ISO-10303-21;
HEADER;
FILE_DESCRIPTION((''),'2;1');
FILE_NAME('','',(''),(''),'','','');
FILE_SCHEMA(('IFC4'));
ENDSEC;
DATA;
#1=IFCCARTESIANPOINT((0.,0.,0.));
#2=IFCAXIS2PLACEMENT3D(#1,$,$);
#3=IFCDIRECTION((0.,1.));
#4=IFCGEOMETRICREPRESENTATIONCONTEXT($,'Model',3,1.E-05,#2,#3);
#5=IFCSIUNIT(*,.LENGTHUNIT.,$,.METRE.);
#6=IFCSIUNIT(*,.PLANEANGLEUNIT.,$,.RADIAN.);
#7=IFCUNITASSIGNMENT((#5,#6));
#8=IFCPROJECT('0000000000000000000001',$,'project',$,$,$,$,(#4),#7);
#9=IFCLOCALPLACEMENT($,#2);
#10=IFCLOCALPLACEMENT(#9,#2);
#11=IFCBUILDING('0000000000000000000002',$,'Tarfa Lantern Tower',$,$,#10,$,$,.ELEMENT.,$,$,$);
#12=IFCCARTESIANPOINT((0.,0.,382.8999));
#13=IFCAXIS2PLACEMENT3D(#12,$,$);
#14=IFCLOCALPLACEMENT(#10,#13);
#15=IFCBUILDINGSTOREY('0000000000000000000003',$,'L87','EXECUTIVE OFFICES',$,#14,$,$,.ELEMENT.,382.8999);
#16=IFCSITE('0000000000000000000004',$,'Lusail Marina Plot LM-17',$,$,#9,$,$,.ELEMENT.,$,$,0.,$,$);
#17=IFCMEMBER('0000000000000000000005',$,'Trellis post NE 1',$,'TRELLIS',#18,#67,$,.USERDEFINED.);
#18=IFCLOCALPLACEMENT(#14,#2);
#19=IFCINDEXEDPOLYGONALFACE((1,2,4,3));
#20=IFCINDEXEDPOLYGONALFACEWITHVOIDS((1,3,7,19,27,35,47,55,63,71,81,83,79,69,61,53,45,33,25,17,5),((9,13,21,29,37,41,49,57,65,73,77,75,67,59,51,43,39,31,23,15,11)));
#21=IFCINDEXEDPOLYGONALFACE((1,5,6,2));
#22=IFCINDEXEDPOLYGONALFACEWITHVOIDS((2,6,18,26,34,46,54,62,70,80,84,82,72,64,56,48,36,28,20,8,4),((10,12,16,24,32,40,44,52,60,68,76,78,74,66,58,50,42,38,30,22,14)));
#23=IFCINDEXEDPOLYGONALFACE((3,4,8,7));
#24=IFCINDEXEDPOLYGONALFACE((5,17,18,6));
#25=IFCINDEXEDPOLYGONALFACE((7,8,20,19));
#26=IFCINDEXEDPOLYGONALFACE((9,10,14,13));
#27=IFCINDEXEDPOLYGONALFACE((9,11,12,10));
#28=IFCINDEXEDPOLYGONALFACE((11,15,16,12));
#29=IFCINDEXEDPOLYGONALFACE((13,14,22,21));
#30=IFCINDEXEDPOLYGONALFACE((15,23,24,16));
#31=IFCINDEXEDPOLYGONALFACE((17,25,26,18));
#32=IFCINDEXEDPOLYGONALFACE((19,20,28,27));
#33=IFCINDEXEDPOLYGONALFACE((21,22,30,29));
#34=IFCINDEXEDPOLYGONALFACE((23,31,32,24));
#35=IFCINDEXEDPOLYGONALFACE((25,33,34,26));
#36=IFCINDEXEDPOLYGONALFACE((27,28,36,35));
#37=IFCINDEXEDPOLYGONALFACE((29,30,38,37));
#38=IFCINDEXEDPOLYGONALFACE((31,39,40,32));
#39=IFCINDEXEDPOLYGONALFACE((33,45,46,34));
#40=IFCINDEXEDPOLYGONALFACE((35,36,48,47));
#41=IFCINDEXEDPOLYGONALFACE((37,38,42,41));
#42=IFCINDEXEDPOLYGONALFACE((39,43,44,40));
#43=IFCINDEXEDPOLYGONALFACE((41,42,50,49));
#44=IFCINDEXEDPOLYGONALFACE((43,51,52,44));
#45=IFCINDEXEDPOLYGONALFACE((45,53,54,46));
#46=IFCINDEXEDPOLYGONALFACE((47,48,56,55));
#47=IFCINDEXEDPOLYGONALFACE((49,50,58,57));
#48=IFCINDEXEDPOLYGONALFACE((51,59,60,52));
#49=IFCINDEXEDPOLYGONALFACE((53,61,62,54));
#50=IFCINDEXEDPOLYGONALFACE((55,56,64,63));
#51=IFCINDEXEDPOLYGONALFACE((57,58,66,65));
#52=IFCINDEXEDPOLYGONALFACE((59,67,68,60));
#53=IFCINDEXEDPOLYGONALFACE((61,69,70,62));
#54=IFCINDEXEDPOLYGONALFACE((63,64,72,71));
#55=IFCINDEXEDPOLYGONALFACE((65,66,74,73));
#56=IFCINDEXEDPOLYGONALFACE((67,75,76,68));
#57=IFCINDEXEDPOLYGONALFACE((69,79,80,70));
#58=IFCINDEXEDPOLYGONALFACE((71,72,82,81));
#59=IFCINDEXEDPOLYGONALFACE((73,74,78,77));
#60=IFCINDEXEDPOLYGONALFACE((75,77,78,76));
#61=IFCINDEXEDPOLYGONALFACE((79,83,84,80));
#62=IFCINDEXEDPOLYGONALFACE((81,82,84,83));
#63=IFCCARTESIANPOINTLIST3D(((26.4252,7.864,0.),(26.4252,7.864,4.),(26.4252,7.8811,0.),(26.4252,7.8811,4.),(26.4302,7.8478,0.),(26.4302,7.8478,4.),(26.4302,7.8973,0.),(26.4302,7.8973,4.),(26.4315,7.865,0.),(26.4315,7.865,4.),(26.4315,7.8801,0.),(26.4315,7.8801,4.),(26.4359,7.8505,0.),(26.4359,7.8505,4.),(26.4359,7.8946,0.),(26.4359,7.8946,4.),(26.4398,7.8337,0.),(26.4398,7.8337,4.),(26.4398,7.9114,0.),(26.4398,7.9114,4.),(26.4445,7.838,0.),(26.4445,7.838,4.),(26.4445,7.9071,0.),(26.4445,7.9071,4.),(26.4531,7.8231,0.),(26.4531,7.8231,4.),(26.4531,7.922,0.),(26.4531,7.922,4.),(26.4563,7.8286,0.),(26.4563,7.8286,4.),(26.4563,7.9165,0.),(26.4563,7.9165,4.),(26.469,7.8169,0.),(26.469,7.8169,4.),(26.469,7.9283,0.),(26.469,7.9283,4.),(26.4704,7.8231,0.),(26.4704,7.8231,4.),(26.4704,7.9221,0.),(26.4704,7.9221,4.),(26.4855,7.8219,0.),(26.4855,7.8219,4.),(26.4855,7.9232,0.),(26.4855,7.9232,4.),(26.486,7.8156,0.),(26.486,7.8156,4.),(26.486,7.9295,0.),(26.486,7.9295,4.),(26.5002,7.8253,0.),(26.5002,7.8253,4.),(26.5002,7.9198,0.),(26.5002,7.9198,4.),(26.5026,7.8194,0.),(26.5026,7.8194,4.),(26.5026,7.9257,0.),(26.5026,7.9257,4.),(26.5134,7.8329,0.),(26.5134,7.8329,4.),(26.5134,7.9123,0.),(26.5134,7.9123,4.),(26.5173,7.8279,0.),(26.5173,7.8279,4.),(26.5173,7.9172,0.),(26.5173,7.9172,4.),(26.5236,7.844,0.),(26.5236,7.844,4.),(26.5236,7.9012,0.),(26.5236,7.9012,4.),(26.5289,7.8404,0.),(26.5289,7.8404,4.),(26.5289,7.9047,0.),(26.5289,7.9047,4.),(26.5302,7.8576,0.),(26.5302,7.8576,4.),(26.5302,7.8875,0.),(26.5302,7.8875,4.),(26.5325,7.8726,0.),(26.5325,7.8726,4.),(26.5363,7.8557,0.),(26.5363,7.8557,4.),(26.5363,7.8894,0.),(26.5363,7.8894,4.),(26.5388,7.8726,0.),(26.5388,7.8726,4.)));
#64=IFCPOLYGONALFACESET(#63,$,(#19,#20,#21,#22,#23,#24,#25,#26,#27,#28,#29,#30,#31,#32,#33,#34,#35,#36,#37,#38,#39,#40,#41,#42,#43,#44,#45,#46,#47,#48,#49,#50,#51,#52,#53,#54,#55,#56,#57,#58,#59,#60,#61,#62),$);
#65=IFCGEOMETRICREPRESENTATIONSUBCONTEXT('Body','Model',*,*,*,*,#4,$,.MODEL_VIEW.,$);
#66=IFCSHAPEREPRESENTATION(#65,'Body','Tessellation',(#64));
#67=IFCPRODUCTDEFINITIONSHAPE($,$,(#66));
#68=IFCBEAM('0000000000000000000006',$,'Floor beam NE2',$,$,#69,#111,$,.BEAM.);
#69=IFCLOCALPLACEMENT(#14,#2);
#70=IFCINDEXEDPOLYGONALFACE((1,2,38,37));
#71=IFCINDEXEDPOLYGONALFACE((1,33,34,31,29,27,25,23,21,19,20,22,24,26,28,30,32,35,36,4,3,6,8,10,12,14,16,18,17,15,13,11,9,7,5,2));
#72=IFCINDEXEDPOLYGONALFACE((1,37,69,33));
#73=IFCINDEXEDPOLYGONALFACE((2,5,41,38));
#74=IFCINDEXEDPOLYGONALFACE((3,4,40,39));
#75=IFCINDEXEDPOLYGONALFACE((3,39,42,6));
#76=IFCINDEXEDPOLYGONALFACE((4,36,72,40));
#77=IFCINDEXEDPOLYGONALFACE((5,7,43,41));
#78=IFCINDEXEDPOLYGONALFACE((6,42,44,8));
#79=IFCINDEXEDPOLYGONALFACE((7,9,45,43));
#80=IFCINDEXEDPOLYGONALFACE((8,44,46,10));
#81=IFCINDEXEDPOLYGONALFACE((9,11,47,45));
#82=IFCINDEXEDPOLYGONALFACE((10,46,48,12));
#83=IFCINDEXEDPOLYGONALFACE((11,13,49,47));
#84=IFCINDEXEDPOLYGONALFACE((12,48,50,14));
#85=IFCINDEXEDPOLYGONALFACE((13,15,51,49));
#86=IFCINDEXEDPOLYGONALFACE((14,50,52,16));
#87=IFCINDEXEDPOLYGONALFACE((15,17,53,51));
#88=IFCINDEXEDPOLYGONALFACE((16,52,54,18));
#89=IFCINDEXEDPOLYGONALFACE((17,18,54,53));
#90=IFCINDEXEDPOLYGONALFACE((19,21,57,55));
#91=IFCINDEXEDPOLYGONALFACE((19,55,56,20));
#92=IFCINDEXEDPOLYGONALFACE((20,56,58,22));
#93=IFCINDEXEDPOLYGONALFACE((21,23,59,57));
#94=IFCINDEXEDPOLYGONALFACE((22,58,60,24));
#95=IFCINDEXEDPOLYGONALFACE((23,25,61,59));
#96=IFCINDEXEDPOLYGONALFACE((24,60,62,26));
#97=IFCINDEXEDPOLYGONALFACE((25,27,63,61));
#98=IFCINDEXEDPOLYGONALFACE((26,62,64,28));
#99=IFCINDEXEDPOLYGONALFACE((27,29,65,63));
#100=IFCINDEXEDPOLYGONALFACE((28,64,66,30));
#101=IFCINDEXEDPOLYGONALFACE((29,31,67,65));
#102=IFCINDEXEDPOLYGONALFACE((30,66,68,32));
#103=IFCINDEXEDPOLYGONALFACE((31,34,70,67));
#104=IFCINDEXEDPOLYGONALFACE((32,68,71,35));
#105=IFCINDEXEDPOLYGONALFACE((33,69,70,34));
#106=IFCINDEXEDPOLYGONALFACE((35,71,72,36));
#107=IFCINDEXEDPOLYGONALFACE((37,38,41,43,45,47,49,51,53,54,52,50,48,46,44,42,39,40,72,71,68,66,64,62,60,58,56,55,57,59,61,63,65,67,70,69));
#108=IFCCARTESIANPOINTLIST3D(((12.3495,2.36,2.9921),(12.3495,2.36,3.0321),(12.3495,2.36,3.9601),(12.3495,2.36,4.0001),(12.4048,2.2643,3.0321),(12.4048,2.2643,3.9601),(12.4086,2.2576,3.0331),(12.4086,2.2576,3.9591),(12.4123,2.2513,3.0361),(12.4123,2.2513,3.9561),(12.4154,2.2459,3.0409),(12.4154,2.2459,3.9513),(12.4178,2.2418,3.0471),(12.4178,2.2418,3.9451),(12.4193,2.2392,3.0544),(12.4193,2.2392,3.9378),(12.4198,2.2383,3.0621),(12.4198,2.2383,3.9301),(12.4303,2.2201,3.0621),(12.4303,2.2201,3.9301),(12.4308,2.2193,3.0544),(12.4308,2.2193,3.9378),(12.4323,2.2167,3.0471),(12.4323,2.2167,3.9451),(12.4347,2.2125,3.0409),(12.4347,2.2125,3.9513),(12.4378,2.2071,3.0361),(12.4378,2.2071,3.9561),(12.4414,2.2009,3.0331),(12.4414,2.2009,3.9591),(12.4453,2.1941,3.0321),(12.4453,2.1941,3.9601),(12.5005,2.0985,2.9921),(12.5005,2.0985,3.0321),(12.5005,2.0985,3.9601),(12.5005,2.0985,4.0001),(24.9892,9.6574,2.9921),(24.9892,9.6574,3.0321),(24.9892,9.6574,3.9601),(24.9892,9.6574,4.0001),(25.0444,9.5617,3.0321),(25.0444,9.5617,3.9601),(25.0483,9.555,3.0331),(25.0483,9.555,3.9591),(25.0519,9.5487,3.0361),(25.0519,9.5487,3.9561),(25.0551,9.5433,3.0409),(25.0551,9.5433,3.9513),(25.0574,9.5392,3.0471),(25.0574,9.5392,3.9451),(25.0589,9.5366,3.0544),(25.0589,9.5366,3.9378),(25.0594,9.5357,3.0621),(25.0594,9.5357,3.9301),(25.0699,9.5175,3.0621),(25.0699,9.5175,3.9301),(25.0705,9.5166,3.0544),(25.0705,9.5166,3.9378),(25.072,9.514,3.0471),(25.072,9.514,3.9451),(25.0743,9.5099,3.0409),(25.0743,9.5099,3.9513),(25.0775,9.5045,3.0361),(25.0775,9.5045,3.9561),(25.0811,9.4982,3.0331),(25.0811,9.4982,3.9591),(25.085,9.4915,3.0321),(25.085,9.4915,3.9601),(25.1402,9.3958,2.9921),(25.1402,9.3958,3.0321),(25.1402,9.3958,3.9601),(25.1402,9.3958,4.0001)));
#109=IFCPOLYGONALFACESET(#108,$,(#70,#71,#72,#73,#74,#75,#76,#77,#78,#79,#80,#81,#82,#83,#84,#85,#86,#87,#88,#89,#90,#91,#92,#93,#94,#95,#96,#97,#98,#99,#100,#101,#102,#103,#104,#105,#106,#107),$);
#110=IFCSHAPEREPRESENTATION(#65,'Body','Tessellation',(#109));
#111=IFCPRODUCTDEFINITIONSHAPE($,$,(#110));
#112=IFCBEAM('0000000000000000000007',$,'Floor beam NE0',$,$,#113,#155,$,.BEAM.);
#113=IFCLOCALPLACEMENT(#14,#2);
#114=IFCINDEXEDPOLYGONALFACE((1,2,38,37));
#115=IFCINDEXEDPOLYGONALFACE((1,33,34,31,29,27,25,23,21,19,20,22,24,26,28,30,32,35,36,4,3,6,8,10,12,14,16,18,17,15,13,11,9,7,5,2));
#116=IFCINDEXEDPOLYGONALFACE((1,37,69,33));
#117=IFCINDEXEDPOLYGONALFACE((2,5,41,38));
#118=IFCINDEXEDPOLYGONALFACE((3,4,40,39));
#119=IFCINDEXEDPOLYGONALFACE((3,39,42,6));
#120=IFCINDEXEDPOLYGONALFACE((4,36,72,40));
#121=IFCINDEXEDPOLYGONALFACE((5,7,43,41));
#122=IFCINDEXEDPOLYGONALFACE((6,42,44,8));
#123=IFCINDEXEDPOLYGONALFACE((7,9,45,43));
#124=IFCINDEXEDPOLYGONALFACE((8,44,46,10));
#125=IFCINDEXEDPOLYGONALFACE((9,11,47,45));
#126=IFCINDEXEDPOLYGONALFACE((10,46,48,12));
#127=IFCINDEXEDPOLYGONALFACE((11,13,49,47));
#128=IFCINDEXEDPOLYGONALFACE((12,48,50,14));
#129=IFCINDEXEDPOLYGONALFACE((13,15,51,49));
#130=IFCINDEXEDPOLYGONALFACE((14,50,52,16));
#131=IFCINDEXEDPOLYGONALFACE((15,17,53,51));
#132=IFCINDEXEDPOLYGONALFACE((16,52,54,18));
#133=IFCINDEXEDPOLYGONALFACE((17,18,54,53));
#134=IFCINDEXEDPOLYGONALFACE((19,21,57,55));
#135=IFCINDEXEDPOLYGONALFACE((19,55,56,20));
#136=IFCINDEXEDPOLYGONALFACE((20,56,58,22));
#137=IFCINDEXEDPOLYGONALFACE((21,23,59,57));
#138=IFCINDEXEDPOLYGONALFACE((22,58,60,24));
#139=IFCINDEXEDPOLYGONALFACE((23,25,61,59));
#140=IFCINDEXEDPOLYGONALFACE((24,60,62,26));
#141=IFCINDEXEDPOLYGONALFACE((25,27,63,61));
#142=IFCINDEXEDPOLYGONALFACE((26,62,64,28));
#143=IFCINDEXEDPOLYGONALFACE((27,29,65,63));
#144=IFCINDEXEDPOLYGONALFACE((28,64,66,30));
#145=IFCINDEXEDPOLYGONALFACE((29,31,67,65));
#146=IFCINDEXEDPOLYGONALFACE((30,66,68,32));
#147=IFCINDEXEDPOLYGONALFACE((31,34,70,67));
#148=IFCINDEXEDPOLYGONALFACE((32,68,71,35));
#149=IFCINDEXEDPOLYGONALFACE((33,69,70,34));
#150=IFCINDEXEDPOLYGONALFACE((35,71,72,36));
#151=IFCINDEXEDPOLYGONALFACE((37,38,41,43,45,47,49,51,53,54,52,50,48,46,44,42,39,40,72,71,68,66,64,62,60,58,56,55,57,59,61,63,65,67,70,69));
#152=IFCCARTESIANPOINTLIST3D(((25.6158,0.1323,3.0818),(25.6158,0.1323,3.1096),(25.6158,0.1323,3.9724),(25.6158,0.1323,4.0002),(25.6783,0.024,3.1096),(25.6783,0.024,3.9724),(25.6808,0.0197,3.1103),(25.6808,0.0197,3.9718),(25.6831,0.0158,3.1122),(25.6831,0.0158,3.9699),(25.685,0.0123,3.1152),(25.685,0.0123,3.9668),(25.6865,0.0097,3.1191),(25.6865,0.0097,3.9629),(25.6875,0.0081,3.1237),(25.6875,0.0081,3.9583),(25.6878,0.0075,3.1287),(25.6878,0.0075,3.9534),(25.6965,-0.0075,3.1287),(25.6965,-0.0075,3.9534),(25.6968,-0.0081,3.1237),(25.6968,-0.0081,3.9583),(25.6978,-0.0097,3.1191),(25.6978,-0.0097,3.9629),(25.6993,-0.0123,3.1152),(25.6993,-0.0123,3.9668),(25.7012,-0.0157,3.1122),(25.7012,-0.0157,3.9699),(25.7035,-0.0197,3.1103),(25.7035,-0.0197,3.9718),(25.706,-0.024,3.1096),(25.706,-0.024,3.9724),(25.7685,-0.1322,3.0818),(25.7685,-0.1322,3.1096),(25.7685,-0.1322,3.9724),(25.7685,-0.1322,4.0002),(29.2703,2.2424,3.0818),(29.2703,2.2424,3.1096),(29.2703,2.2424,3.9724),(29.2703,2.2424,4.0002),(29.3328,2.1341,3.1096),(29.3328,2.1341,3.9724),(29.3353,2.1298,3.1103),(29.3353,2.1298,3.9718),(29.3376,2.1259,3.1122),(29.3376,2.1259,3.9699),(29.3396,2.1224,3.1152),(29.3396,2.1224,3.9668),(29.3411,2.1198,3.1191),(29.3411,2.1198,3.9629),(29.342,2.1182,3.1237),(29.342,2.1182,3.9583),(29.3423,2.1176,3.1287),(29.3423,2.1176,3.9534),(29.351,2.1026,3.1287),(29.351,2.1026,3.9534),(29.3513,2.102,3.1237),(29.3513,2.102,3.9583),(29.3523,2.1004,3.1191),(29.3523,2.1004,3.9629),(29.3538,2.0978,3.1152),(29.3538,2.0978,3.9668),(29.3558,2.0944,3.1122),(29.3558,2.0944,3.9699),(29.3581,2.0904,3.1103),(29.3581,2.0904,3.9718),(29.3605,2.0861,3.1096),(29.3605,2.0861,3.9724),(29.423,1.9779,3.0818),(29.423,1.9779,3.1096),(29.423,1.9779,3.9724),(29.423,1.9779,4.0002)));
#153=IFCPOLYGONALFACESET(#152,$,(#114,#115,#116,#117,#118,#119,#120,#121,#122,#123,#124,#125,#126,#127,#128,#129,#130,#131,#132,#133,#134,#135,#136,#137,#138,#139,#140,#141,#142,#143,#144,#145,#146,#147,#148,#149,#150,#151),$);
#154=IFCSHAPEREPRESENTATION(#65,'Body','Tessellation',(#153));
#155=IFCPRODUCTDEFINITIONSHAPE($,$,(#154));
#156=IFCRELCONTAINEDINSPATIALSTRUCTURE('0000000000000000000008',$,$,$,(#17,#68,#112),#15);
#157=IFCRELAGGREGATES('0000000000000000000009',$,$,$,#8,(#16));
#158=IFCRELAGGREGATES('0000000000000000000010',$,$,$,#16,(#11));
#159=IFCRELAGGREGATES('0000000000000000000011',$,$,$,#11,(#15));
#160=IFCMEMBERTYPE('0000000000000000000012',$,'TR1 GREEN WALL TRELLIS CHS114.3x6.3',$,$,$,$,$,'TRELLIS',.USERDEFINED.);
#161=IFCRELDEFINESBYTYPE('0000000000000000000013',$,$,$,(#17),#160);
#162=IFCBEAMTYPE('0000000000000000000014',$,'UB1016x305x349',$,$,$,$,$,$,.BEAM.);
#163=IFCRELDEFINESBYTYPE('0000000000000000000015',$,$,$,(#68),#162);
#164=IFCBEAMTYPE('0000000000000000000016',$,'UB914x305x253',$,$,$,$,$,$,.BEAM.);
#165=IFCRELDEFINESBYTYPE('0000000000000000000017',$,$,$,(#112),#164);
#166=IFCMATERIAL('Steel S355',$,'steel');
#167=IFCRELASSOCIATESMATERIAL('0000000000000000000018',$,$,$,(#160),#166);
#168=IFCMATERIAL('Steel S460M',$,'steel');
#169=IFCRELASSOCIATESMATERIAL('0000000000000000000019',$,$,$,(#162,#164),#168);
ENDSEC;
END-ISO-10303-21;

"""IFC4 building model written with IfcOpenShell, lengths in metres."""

from ifc_helpers import new_model, si_unit, direction, frame, origin, origin_2d, place, context, subcontext, project, spatial, hollow_circle, i_section, extrude, material, material_profile, profile_set, type_object, element, save


model = new_model("IFC4")

# Units and contexts
model_context = context("Model", 3, precision=1e-05, world=origin(), true_north=direction((0.0, 1.0)))
body_context = subcontext(model_context, "Body", "Model", "MODEL_VIEW")
ifc_project = project(units=[si_unit("LENGTHUNIT", "METRE"), si_unit("PLANEANGLEUNIT", "RADIAN")], contexts=[model_context])

# Site, building, storey
site_placement = place(None, origin())
site = spatial("IfcSite", under=ifc_project, at=site_placement, Name="Lusail Marina Plot LM-17", CompositionType="ELEMENT", RefElevation=0.0)
building_placement = place(site_placement, origin())
building = spatial("IfcBuilding", under=site, at=building_placement, Name="Tarfa Lantern Tower", CompositionType="ELEMENT")
storey_placement = place(building_placement, frame((0.0, 0.0, 382.8999)))
storey = spatial("IfcBuildingStorey", under=building, at=storey_placement, Name="L87", Description="EXECUTIVE OFFICES", CompositionType="ELEMENT", Elevation=382.8999)

# Member
ifc_material_1 = material(Name="Steel S355", Category="steel")
ifc_material_profile_1 = material_profile(ifc_material_1, hollow_circle(Radius=0.0571, WallThickness=0.0063, at=origin_2d()), Name="CHS114.3x6.3")
ifc_profile_set_1 = profile_set([ifc_material_profile_1], Name="Steel S355")
member_type_1 = type_object("IfcMemberType", Name="TR1 GREEN WALL TRELLIS CHS114.3x6.3", ElementType="TRELLIS", PredefinedType="USERDEFINED", material=ifc_profile_set_1)
member_1_placement = place(storey_placement, frame((26.4817, 7.8726, 0.0), z_axis=(0.0, 0.0, 1.0), x_axis=(1.0, 0.0, 0.0)))
element("IfcMember", 1, at=member_1_placement, inside=storey, type_object=member_type_1, Name="Trellis post NE 1", ObjectType="TRELLIS", PredefinedType="USERDEFINED", context=body_context, shape_type="SweptSolid", body=[
    extrude(hollow_circle(Radius=0.0571, WallThickness=0.0063, at=origin_2d()), origin(), (0.0, 0.0, 1.0), 4.0),
])

# Beams
ifc_material_2 = material(Name="Steel S460M", Category="steel")
ifc_material_profile_2 = material_profile(ifc_material_2, i_section(OverallWidth=0.302, OverallDepth=1.0081, WebThickness=0.021, FlangeThickness=0.04, FilletRadius=0.03, at=origin_2d()), Name="UB1016x305x349")
ifc_profile_set_2 = profile_set([ifc_material_profile_2], Name="Steel S460M")
beam_type_1 = type_object("IfcBeamType", Name="UB1016x305x349", PredefinedType="BEAM", material=ifc_profile_set_2)
beam_1_placement = place(storey_placement, frame((25.0647, 9.5266, 3.4961), z_axis=(-0.86603, -0.499993, 0.0), x_axis=(0.499993, -0.86603, 0.0)))
element("IfcBeam", 2, at=beam_1_placement, inside=storey, type_object=beam_type_1, Name="Floor beam NE2", PredefinedType="BEAM", context=body_context, shape_type="SweptSolid", body=[
    extrude(i_section(OverallWidth=0.302, OverallDepth=1.0081, WebThickness=0.021, FlangeThickness=0.04, FilletRadius=0.03, at=origin_2d()), origin(), (0.0, 0.0, 1.0), 14.595),
])
ifc_material_profile_3 = material_profile(ifc_material_2, i_section(OverallWidth=0.3054, OverallDepth=0.9185, WebThickness=0.0173, FlangeThickness=0.0278, FilletRadius=0.019, at=origin_2d()), Name="UB914x305x253")
ifc_profile_set_3 = profile_set([ifc_material_profile_3], Name="Steel S460M")
beam_type_2 = type_object("IfcBeamType", Name="UB914x305x253", PredefinedType="BEAM", material=ifc_profile_set_3)
beam_2_placement = place(storey_placement, frame((29.3467, 2.1101, 3.541), z_axis=(-0.866009, -0.500028, 0.0), x_axis=(0.500028, -0.866009, 0.0)))
element("IfcBeam", 3, at=beam_2_placement, inside=storey, type_object=beam_type_2, Name="Floor beam NE0", PredefinedType="BEAM", context=body_context, shape_type="SweptSolid", body=[
    extrude(i_section(OverallWidth=0.3054, OverallDepth=0.9185, WebThickness=0.0173, FlangeThickness=0.0278, FilletRadius=0.019, at=origin_2d()), origin(), (0.0, 0.0, 1.0), 4.22),
])

save(model, "model.ifc")
